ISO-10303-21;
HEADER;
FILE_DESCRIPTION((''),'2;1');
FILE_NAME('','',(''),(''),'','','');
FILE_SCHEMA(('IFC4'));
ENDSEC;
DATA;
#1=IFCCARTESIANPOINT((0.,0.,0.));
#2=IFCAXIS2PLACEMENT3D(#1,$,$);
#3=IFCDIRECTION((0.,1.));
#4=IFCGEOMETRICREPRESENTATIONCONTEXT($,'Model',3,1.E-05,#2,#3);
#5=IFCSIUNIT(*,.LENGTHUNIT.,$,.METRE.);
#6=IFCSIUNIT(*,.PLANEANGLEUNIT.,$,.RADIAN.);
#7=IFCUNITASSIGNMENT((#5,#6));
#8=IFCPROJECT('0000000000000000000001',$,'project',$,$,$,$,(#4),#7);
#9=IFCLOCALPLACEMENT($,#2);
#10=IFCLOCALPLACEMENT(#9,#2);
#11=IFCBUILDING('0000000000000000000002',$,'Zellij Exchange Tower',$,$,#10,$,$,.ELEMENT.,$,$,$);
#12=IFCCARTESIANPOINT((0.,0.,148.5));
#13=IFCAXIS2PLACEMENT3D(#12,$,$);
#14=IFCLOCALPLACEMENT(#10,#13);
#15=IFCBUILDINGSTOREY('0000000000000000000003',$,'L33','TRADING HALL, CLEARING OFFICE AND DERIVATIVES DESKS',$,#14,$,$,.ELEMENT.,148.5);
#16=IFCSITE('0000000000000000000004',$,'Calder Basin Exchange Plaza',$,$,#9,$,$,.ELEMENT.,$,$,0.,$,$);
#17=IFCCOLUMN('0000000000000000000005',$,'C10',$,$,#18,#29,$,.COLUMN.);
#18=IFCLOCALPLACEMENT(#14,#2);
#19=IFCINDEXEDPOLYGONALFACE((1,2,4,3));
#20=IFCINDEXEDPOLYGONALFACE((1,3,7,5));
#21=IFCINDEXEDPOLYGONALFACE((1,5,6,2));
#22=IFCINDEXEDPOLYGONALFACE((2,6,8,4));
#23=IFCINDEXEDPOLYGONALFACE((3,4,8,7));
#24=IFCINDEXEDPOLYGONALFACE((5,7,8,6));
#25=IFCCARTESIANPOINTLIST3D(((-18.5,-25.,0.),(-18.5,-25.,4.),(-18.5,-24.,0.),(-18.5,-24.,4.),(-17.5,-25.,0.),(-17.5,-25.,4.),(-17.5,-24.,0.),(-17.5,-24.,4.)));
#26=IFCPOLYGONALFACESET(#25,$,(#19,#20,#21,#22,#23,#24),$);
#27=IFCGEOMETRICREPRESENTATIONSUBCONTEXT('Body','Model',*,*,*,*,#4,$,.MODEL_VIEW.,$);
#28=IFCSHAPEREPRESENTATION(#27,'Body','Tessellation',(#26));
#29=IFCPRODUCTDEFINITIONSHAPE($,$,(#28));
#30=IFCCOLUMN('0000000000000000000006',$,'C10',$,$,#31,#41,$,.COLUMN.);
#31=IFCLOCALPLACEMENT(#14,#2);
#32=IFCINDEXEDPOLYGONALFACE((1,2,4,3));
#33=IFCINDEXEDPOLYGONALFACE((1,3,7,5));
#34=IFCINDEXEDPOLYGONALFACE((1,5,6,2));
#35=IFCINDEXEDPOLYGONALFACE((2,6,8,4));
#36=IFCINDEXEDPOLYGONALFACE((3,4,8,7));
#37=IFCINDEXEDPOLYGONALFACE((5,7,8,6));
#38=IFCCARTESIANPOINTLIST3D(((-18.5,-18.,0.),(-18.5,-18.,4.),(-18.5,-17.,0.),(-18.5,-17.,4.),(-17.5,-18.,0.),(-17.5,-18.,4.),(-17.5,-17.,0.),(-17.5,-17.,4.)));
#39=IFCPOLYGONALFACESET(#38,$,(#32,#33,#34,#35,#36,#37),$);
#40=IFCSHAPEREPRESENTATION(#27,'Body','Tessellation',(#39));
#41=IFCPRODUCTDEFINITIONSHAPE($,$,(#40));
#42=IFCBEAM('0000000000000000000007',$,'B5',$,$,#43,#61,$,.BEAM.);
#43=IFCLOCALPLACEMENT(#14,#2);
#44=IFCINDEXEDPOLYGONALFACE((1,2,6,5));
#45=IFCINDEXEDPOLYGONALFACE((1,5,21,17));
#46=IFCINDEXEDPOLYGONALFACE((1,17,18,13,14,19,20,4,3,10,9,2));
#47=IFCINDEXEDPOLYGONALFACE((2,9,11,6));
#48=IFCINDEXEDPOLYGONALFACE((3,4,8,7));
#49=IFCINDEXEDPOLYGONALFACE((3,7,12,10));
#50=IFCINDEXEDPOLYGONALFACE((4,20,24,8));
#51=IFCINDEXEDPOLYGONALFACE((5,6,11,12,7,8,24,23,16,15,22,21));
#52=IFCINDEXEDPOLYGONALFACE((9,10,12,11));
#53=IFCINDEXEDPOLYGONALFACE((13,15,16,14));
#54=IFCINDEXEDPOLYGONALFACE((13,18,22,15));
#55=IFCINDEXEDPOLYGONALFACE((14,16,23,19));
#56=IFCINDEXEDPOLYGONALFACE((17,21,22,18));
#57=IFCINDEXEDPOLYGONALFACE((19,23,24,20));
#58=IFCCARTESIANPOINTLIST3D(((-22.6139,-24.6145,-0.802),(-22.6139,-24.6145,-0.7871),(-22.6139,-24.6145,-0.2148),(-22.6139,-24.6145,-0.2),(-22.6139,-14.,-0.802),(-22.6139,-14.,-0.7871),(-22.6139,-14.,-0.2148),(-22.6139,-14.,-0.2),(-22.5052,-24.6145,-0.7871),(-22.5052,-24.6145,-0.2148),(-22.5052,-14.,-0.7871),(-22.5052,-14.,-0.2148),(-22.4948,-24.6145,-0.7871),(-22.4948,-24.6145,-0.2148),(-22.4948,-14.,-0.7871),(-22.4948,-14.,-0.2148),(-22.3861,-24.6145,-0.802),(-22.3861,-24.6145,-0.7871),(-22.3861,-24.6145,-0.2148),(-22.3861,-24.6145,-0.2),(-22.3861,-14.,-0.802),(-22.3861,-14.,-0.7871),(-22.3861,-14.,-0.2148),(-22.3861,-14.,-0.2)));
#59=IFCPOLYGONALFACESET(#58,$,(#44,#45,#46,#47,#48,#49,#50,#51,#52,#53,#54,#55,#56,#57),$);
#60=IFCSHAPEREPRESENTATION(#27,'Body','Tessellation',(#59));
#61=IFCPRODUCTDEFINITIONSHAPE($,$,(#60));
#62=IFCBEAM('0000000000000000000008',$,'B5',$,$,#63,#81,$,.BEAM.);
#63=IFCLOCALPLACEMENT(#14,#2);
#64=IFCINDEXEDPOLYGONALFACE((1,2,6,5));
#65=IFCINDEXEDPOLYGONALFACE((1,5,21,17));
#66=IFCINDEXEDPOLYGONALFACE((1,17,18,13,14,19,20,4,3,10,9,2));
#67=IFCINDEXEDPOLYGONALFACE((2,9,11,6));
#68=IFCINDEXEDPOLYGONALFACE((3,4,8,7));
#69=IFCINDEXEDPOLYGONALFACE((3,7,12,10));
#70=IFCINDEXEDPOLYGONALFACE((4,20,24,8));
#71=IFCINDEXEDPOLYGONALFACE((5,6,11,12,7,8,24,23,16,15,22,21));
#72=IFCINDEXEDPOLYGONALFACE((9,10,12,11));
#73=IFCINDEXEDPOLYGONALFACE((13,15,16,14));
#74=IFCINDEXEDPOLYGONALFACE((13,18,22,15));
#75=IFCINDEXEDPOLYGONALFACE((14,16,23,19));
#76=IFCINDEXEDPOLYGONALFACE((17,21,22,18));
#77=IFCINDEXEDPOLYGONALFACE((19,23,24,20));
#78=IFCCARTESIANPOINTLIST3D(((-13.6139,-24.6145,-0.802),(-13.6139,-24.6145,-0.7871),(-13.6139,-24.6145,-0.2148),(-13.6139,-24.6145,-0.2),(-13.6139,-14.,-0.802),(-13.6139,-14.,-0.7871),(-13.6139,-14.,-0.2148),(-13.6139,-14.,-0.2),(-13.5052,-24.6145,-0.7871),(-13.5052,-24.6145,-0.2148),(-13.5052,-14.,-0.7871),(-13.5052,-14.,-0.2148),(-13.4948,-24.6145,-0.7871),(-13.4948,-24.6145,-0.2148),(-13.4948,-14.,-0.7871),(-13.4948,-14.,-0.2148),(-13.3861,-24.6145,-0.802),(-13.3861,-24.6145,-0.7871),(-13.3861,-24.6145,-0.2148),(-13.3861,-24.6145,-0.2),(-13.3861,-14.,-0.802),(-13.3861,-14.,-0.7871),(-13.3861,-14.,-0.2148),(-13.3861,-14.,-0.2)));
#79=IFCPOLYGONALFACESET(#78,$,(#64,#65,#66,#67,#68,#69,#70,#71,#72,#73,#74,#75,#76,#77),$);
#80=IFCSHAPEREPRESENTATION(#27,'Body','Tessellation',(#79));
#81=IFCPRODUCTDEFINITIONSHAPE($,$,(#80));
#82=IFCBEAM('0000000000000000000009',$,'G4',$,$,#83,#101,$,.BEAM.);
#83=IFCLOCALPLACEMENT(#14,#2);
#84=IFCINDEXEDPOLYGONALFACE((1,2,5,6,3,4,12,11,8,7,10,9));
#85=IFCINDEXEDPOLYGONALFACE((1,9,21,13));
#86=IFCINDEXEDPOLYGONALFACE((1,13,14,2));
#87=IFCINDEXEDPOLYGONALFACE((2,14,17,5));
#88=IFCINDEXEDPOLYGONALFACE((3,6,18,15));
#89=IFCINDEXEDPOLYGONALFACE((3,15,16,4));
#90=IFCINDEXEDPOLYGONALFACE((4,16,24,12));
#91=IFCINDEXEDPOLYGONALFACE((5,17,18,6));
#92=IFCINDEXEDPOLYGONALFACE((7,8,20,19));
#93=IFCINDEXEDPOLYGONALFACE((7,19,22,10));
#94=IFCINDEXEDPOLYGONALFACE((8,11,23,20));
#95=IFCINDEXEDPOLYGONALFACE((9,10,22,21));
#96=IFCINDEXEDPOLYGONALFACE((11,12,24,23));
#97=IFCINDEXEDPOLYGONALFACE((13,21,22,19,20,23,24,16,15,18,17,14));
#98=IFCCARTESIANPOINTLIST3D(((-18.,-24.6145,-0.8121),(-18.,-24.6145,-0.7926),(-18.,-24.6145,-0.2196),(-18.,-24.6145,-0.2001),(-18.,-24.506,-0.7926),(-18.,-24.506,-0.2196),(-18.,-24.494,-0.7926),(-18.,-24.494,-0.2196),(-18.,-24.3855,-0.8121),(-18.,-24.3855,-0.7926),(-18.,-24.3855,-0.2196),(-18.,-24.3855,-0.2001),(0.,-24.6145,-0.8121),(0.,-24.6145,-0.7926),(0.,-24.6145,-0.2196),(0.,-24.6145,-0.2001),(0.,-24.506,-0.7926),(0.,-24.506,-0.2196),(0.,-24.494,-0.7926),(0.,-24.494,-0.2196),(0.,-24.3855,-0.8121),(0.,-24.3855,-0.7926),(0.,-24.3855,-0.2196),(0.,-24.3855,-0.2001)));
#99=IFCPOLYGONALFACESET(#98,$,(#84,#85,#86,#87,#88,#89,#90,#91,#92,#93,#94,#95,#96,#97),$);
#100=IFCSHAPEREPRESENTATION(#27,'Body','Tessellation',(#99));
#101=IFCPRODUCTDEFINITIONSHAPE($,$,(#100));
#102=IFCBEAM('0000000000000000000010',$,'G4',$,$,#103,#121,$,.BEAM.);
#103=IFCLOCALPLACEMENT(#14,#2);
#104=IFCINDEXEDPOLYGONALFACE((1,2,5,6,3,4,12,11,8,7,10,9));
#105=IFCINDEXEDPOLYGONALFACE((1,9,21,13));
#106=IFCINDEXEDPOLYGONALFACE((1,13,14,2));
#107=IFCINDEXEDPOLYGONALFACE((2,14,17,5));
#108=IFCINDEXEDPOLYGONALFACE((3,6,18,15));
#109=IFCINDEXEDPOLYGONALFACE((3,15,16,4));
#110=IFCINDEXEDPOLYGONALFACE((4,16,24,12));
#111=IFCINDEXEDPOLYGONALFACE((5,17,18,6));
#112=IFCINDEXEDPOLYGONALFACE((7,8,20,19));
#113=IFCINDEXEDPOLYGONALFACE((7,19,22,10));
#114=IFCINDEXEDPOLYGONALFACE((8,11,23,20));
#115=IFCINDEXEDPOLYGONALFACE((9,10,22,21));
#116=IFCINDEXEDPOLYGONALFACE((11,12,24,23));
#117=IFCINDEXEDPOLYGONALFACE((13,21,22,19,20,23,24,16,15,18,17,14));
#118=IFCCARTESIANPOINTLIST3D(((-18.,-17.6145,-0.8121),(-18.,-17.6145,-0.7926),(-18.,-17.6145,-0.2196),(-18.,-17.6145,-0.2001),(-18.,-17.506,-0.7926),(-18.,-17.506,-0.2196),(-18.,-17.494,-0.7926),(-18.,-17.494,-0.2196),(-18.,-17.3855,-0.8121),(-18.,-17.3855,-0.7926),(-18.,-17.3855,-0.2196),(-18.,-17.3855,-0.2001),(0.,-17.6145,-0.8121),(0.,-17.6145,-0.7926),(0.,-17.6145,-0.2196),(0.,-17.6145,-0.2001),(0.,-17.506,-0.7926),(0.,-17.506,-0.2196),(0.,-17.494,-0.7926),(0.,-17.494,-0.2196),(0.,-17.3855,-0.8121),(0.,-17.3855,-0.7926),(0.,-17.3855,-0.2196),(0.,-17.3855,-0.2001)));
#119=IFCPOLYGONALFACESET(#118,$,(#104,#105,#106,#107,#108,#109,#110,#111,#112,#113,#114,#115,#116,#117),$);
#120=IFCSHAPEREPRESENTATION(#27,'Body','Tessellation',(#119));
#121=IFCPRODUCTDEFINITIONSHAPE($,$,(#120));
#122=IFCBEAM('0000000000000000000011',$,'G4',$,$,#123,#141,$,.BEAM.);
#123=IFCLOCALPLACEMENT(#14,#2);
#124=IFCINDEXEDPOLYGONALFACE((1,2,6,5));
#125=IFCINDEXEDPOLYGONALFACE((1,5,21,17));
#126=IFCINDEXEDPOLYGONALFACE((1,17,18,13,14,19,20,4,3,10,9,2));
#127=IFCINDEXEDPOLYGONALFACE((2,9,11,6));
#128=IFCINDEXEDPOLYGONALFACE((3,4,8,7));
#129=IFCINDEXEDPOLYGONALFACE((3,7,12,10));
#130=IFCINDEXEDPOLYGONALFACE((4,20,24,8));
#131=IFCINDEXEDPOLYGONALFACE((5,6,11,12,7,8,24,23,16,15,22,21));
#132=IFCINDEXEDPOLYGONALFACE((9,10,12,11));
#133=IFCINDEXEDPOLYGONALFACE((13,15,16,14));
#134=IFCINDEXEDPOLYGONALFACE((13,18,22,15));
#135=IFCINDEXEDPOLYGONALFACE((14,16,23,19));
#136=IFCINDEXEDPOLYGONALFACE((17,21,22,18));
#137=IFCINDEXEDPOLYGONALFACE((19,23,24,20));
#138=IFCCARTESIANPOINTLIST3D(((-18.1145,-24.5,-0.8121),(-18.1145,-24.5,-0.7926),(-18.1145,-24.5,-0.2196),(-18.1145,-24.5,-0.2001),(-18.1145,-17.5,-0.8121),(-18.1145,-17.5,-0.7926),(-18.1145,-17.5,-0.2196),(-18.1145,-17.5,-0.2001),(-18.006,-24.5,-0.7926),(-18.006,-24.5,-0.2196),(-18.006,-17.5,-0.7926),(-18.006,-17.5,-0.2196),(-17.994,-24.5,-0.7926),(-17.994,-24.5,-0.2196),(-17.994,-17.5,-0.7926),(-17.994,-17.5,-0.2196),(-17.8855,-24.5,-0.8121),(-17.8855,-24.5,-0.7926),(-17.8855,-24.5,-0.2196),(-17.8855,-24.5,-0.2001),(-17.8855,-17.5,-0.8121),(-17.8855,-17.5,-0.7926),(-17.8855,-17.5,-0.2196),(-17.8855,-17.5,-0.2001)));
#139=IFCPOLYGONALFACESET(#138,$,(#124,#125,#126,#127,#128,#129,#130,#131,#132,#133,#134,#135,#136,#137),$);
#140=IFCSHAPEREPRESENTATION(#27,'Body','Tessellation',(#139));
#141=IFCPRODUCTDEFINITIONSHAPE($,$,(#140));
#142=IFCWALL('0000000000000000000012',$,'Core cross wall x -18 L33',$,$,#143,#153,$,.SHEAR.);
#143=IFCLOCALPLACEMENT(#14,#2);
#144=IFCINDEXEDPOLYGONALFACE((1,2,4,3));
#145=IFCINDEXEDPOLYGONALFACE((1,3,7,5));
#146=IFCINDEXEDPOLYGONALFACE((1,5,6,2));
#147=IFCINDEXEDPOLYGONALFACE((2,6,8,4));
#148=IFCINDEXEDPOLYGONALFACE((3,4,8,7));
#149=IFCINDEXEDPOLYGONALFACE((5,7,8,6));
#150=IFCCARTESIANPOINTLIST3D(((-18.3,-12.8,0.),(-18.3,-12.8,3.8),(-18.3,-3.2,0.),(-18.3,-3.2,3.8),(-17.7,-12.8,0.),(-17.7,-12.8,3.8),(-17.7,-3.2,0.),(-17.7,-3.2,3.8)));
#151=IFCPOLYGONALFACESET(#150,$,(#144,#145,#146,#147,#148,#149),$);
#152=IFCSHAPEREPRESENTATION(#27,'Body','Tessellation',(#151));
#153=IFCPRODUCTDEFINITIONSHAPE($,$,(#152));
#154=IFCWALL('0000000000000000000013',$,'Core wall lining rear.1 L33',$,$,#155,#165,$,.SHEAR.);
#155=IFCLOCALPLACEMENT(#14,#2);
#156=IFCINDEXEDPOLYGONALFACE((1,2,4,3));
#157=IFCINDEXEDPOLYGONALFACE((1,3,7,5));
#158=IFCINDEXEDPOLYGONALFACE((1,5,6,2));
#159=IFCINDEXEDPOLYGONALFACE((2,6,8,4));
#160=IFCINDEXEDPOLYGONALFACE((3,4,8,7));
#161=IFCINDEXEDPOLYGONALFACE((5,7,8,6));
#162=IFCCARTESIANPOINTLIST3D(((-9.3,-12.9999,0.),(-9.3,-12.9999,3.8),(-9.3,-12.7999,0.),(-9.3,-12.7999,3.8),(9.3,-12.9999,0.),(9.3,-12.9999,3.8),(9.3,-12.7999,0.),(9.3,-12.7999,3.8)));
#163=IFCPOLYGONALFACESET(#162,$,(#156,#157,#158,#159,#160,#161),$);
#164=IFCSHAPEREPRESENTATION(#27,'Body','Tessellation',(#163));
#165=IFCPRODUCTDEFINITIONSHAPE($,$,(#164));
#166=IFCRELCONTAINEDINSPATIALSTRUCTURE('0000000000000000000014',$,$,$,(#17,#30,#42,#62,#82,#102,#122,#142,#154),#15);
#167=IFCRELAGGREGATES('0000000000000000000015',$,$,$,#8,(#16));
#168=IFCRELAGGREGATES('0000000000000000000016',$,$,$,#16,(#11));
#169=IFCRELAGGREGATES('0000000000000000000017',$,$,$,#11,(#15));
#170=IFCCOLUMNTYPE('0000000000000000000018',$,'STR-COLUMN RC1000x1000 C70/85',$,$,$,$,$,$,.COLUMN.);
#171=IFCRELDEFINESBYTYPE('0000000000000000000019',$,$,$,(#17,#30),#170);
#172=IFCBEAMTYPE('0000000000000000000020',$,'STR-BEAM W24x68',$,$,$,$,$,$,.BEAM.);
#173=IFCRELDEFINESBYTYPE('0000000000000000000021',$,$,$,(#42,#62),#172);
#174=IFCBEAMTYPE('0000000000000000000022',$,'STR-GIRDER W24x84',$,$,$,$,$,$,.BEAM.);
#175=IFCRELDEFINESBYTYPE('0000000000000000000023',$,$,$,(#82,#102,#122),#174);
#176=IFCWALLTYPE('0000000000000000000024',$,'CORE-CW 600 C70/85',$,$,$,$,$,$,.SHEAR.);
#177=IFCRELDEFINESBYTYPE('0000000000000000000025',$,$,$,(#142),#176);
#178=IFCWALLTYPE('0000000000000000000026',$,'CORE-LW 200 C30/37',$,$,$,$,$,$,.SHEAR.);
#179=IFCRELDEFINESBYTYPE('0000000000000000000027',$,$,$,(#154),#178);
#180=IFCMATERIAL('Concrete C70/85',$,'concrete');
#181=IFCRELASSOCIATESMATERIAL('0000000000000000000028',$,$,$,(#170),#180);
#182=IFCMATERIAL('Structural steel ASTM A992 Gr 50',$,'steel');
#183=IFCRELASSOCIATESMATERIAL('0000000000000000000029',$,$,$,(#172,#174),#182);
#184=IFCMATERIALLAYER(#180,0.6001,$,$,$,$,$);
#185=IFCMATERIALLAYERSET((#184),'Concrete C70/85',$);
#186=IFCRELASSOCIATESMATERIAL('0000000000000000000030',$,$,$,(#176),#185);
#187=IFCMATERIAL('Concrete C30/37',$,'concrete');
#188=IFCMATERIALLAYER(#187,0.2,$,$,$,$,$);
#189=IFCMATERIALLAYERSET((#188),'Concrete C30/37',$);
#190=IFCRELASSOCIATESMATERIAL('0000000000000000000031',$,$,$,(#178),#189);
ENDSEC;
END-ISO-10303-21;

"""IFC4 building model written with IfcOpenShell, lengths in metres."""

from ifc_helpers import new_model, si_unit, direction, frame, frame_2d, origin, origin_2d, place, context, subcontext, project, spatial, rectangle, i_section, extrude, material, layer, layer_set, material_profile, profile_set, type_object, element, save


model = new_model("IFC4")

# Units and contexts
model_context = context("Model", 3, precision=1e-05, world=origin(), true_north=direction((0.0, 1.0)))
body_context = subcontext(model_context, "Body", "Model", "MODEL_VIEW")
ifc_project = project(units=[si_unit("LENGTHUNIT", "METRE"), si_unit("PLANEANGLEUNIT", "RADIAN")], contexts=[model_context])

# Site, building, storey
site_placement = place(None, origin())
site = spatial("IfcSite", under=ifc_project, at=site_placement, Name="Calder Basin Exchange Plaza", CompositionType="ELEMENT", RefElevation=0.0)
building_placement = place(site_placement, origin())
building = spatial("IfcBuilding", under=site, at=building_placement, Name="Zellij Exchange Tower", CompositionType="ELEMENT")
storey_placement = place(building_placement, frame((0.0, 0.0, 148.5)))
storey = spatial("IfcBuildingStorey", under=building, at=storey_placement, Name="L33", Description="TRADING HALL, CLEARING OFFICE AND DERIVATIVES DESKS", CompositionType="ELEMENT", Elevation=148.5)

# Columns
ifc_material_1 = material(Name="Concrete C70/85", Category="concrete")
ifc_material_profile_1 = material_profile(ifc_material_1, rectangle(XDim=1.0, YDim=1.0, at=origin_2d()), Name="STR-COLUMN RC1000x1000 C70/85")
ifc_profile_set_1 = profile_set([ifc_material_profile_1], Name="Concrete C70/85")
column_type = type_object("IfcColumnType", Name="STR-COLUMN RC1000x1000 C70/85", PredefinedType="COLUMN", material=ifc_profile_set_1)
for number, where, z_axis, x_axis, name in (
    (1, (-18.0, -24.5, 0.0), (0.0, 0.0, 1.0), (1.0, 0.0, 0.0), "C10"),
    (2, (-18.0, -17.5, 0.0), (0.0, 0.0, 1.0), (1.0, 0.0, 0.0), "C10"),
):
    element("IfcColumn", number, at=place(storey_placement, frame(where, z_axis=z_axis, x_axis=x_axis)), inside=storey, type_object=column_type, Name=name, PredefinedType="COLUMN", context=body_context, shape_type="SweptSolid", body=[
        extrude(rectangle(XDim=1.0, YDim=1.0, at=origin_2d()), origin(), (0.0, 0.0, 1.0), 4.0),
    ])

# Beams
ifc_material_2 = material(Name="Structural steel ASTM A992 Gr 50", Category="steel")
ifc_material_profile_2 = material_profile(ifc_material_2, i_section(OverallWidth=0.2278, OverallDepth=0.6021, WebThickness=0.0105, FlangeThickness=0.0149, at=origin_2d()), Name="W24x68")
ifc_profile_set_2 = profile_set([ifc_material_profile_2], Name="Structural steel ASTM A992 Gr 50")
beam_type_1 = type_object("IfcBeamType", Name="STR-BEAM W24x68", PredefinedType="BEAM", material=ifc_profile_set_2)
for number, where, z_axis, x_axis, name in (
    (3, (-22.5, -24.6145, -0.501), (0.0, 1.0, 0.0), (-1.0, 0.0, 0.0), "B5"),
    (4, (-13.5, -24.6145, -0.501), (0.0, 1.0, 0.0), (-1.0, 0.0, 0.0), "B5"),
):
    element("IfcBeam", number, at=place(storey_placement, frame(where, z_axis=z_axis, x_axis=x_axis)), inside=storey, type_object=beam_type_1, Name=name, PredefinedType="BEAM", context=body_context, shape_type="SweptSolid", body=[
        extrude(i_section(OverallWidth=0.2278, OverallDepth=0.6021, WebThickness=0.0105, FlangeThickness=0.0149, at=origin_2d()), origin(), (0.0, 0.0, 1.0), 10.6145),
    ])
ifc_material_profile_3 = material_profile(ifc_material_2, i_section(OverallWidth=0.229, OverallDepth=0.6121, WebThickness=0.012, FlangeThickness=0.0195, at=origin_2d()), Name="W24x84")
ifc_profile_set_3 = profile_set([ifc_material_profile_3], Name="Structural steel ASTM A992 Gr 50")
beam_type_2 = type_object("IfcBeamType", Name="STR-GIRDER W24x84", PredefinedType="BEAM", material=ifc_profile_set_3)
for number, where, z_axis, x_axis, name in (
    (5, (-18.0, -24.5, -0.5061), (1.0, 0.0, 0.0), (0.0, 1.0, 0.0), "G4"),
    (6, (-18.0, -17.5, -0.5061), (1.0, 0.0, 0.0), (0.0, 1.0, 0.0), "G4"),
):
    element("IfcBeam", number, at=place(storey_placement, frame(where, z_axis=z_axis, x_axis=x_axis)), inside=storey, type_object=beam_type_2, Name=name, PredefinedType="BEAM", context=body_context, shape_type="SweptSolid", body=[
        extrude(i_section(OverallWidth=0.229, OverallDepth=0.6121, WebThickness=0.012, FlangeThickness=0.0195, at=origin_2d()), origin(), (0.0, 0.0, 1.0), 18.0),
    ])
beam_placement = place(storey_placement, frame((-18.0, -24.5, -0.5061), z_axis=(0.0, 1.0, 0.0), x_axis=(-1.0, 0.0, 0.0)))
element("IfcBeam", 7, at=beam_placement, inside=storey, type_object=beam_type_2, Name="G4", PredefinedType="BEAM", context=body_context, shape_type="SweptSolid", body=[
    extrude(i_section(OverallWidth=0.229, OverallDepth=0.6121, WebThickness=0.012, FlangeThickness=0.0195, at=origin_2d()), origin(), (0.0, 0.0, 1.0), 7.0),
])

# Walls
ifc_layer_1 = layer(ifc_material_1, 0.6001)
ifc_layer_set_1 = layer_set([ifc_layer_1], Name="Concrete C70/85")
wall_type_1 = type_object("IfcWallType", Name="CORE-CW 600 C70/85", PredefinedType="SHEAR", material=ifc_layer_set_1)
wall_1_placement = place(storey_placement, frame((-18.0, -12.8, 0.0), z_axis=(0.0, 0.0, 1.0), x_axis=(0.0, 1.0, 0.0)))
element("IfcWall", 8, at=wall_1_placement, inside=storey, type_object=wall_type_1, Name="Core cross wall x -18 L33", PredefinedType="SHEAR", context=body_context, shape_type="SweptSolid", body=[
    extrude(rectangle(XDim=9.6001, YDim=0.6001, at=frame_2d((4.8, 0.0))), origin(), (0.0, 0.0, 1.0), 3.8),
])
ifc_material_3 = material(Name="Concrete C30/37", Category="concrete")
ifc_layer_2 = layer(ifc_material_3, 0.2)
ifc_layer_set_2 = layer_set([ifc_layer_2], Name="Concrete C30/37")
wall_type_2 = type_object("IfcWallType", Name="CORE-LW 200 C30/37", PredefinedType="SHEAR", material=ifc_layer_set_2)
wall_2_placement = place(storey_placement, frame((-9.3, -12.8999, 0.0), z_axis=(0.0, 0.0, 1.0), x_axis=(1.0, 0.0, 0.0)))
element("IfcWall", 9, at=wall_2_placement, inside=storey, type_object=wall_type_2, Name="Core wall lining rear.1 L33", PredefinedType="SHEAR", context=body_context, shape_type="SweptSolid", body=[
    extrude(rectangle(XDim=18.6001, YDim=0.2, at=frame_2d((9.3, 0.0))), origin(), (0.0, 0.0, 1.0), 3.8),
])

save(model, "model.ifc")
